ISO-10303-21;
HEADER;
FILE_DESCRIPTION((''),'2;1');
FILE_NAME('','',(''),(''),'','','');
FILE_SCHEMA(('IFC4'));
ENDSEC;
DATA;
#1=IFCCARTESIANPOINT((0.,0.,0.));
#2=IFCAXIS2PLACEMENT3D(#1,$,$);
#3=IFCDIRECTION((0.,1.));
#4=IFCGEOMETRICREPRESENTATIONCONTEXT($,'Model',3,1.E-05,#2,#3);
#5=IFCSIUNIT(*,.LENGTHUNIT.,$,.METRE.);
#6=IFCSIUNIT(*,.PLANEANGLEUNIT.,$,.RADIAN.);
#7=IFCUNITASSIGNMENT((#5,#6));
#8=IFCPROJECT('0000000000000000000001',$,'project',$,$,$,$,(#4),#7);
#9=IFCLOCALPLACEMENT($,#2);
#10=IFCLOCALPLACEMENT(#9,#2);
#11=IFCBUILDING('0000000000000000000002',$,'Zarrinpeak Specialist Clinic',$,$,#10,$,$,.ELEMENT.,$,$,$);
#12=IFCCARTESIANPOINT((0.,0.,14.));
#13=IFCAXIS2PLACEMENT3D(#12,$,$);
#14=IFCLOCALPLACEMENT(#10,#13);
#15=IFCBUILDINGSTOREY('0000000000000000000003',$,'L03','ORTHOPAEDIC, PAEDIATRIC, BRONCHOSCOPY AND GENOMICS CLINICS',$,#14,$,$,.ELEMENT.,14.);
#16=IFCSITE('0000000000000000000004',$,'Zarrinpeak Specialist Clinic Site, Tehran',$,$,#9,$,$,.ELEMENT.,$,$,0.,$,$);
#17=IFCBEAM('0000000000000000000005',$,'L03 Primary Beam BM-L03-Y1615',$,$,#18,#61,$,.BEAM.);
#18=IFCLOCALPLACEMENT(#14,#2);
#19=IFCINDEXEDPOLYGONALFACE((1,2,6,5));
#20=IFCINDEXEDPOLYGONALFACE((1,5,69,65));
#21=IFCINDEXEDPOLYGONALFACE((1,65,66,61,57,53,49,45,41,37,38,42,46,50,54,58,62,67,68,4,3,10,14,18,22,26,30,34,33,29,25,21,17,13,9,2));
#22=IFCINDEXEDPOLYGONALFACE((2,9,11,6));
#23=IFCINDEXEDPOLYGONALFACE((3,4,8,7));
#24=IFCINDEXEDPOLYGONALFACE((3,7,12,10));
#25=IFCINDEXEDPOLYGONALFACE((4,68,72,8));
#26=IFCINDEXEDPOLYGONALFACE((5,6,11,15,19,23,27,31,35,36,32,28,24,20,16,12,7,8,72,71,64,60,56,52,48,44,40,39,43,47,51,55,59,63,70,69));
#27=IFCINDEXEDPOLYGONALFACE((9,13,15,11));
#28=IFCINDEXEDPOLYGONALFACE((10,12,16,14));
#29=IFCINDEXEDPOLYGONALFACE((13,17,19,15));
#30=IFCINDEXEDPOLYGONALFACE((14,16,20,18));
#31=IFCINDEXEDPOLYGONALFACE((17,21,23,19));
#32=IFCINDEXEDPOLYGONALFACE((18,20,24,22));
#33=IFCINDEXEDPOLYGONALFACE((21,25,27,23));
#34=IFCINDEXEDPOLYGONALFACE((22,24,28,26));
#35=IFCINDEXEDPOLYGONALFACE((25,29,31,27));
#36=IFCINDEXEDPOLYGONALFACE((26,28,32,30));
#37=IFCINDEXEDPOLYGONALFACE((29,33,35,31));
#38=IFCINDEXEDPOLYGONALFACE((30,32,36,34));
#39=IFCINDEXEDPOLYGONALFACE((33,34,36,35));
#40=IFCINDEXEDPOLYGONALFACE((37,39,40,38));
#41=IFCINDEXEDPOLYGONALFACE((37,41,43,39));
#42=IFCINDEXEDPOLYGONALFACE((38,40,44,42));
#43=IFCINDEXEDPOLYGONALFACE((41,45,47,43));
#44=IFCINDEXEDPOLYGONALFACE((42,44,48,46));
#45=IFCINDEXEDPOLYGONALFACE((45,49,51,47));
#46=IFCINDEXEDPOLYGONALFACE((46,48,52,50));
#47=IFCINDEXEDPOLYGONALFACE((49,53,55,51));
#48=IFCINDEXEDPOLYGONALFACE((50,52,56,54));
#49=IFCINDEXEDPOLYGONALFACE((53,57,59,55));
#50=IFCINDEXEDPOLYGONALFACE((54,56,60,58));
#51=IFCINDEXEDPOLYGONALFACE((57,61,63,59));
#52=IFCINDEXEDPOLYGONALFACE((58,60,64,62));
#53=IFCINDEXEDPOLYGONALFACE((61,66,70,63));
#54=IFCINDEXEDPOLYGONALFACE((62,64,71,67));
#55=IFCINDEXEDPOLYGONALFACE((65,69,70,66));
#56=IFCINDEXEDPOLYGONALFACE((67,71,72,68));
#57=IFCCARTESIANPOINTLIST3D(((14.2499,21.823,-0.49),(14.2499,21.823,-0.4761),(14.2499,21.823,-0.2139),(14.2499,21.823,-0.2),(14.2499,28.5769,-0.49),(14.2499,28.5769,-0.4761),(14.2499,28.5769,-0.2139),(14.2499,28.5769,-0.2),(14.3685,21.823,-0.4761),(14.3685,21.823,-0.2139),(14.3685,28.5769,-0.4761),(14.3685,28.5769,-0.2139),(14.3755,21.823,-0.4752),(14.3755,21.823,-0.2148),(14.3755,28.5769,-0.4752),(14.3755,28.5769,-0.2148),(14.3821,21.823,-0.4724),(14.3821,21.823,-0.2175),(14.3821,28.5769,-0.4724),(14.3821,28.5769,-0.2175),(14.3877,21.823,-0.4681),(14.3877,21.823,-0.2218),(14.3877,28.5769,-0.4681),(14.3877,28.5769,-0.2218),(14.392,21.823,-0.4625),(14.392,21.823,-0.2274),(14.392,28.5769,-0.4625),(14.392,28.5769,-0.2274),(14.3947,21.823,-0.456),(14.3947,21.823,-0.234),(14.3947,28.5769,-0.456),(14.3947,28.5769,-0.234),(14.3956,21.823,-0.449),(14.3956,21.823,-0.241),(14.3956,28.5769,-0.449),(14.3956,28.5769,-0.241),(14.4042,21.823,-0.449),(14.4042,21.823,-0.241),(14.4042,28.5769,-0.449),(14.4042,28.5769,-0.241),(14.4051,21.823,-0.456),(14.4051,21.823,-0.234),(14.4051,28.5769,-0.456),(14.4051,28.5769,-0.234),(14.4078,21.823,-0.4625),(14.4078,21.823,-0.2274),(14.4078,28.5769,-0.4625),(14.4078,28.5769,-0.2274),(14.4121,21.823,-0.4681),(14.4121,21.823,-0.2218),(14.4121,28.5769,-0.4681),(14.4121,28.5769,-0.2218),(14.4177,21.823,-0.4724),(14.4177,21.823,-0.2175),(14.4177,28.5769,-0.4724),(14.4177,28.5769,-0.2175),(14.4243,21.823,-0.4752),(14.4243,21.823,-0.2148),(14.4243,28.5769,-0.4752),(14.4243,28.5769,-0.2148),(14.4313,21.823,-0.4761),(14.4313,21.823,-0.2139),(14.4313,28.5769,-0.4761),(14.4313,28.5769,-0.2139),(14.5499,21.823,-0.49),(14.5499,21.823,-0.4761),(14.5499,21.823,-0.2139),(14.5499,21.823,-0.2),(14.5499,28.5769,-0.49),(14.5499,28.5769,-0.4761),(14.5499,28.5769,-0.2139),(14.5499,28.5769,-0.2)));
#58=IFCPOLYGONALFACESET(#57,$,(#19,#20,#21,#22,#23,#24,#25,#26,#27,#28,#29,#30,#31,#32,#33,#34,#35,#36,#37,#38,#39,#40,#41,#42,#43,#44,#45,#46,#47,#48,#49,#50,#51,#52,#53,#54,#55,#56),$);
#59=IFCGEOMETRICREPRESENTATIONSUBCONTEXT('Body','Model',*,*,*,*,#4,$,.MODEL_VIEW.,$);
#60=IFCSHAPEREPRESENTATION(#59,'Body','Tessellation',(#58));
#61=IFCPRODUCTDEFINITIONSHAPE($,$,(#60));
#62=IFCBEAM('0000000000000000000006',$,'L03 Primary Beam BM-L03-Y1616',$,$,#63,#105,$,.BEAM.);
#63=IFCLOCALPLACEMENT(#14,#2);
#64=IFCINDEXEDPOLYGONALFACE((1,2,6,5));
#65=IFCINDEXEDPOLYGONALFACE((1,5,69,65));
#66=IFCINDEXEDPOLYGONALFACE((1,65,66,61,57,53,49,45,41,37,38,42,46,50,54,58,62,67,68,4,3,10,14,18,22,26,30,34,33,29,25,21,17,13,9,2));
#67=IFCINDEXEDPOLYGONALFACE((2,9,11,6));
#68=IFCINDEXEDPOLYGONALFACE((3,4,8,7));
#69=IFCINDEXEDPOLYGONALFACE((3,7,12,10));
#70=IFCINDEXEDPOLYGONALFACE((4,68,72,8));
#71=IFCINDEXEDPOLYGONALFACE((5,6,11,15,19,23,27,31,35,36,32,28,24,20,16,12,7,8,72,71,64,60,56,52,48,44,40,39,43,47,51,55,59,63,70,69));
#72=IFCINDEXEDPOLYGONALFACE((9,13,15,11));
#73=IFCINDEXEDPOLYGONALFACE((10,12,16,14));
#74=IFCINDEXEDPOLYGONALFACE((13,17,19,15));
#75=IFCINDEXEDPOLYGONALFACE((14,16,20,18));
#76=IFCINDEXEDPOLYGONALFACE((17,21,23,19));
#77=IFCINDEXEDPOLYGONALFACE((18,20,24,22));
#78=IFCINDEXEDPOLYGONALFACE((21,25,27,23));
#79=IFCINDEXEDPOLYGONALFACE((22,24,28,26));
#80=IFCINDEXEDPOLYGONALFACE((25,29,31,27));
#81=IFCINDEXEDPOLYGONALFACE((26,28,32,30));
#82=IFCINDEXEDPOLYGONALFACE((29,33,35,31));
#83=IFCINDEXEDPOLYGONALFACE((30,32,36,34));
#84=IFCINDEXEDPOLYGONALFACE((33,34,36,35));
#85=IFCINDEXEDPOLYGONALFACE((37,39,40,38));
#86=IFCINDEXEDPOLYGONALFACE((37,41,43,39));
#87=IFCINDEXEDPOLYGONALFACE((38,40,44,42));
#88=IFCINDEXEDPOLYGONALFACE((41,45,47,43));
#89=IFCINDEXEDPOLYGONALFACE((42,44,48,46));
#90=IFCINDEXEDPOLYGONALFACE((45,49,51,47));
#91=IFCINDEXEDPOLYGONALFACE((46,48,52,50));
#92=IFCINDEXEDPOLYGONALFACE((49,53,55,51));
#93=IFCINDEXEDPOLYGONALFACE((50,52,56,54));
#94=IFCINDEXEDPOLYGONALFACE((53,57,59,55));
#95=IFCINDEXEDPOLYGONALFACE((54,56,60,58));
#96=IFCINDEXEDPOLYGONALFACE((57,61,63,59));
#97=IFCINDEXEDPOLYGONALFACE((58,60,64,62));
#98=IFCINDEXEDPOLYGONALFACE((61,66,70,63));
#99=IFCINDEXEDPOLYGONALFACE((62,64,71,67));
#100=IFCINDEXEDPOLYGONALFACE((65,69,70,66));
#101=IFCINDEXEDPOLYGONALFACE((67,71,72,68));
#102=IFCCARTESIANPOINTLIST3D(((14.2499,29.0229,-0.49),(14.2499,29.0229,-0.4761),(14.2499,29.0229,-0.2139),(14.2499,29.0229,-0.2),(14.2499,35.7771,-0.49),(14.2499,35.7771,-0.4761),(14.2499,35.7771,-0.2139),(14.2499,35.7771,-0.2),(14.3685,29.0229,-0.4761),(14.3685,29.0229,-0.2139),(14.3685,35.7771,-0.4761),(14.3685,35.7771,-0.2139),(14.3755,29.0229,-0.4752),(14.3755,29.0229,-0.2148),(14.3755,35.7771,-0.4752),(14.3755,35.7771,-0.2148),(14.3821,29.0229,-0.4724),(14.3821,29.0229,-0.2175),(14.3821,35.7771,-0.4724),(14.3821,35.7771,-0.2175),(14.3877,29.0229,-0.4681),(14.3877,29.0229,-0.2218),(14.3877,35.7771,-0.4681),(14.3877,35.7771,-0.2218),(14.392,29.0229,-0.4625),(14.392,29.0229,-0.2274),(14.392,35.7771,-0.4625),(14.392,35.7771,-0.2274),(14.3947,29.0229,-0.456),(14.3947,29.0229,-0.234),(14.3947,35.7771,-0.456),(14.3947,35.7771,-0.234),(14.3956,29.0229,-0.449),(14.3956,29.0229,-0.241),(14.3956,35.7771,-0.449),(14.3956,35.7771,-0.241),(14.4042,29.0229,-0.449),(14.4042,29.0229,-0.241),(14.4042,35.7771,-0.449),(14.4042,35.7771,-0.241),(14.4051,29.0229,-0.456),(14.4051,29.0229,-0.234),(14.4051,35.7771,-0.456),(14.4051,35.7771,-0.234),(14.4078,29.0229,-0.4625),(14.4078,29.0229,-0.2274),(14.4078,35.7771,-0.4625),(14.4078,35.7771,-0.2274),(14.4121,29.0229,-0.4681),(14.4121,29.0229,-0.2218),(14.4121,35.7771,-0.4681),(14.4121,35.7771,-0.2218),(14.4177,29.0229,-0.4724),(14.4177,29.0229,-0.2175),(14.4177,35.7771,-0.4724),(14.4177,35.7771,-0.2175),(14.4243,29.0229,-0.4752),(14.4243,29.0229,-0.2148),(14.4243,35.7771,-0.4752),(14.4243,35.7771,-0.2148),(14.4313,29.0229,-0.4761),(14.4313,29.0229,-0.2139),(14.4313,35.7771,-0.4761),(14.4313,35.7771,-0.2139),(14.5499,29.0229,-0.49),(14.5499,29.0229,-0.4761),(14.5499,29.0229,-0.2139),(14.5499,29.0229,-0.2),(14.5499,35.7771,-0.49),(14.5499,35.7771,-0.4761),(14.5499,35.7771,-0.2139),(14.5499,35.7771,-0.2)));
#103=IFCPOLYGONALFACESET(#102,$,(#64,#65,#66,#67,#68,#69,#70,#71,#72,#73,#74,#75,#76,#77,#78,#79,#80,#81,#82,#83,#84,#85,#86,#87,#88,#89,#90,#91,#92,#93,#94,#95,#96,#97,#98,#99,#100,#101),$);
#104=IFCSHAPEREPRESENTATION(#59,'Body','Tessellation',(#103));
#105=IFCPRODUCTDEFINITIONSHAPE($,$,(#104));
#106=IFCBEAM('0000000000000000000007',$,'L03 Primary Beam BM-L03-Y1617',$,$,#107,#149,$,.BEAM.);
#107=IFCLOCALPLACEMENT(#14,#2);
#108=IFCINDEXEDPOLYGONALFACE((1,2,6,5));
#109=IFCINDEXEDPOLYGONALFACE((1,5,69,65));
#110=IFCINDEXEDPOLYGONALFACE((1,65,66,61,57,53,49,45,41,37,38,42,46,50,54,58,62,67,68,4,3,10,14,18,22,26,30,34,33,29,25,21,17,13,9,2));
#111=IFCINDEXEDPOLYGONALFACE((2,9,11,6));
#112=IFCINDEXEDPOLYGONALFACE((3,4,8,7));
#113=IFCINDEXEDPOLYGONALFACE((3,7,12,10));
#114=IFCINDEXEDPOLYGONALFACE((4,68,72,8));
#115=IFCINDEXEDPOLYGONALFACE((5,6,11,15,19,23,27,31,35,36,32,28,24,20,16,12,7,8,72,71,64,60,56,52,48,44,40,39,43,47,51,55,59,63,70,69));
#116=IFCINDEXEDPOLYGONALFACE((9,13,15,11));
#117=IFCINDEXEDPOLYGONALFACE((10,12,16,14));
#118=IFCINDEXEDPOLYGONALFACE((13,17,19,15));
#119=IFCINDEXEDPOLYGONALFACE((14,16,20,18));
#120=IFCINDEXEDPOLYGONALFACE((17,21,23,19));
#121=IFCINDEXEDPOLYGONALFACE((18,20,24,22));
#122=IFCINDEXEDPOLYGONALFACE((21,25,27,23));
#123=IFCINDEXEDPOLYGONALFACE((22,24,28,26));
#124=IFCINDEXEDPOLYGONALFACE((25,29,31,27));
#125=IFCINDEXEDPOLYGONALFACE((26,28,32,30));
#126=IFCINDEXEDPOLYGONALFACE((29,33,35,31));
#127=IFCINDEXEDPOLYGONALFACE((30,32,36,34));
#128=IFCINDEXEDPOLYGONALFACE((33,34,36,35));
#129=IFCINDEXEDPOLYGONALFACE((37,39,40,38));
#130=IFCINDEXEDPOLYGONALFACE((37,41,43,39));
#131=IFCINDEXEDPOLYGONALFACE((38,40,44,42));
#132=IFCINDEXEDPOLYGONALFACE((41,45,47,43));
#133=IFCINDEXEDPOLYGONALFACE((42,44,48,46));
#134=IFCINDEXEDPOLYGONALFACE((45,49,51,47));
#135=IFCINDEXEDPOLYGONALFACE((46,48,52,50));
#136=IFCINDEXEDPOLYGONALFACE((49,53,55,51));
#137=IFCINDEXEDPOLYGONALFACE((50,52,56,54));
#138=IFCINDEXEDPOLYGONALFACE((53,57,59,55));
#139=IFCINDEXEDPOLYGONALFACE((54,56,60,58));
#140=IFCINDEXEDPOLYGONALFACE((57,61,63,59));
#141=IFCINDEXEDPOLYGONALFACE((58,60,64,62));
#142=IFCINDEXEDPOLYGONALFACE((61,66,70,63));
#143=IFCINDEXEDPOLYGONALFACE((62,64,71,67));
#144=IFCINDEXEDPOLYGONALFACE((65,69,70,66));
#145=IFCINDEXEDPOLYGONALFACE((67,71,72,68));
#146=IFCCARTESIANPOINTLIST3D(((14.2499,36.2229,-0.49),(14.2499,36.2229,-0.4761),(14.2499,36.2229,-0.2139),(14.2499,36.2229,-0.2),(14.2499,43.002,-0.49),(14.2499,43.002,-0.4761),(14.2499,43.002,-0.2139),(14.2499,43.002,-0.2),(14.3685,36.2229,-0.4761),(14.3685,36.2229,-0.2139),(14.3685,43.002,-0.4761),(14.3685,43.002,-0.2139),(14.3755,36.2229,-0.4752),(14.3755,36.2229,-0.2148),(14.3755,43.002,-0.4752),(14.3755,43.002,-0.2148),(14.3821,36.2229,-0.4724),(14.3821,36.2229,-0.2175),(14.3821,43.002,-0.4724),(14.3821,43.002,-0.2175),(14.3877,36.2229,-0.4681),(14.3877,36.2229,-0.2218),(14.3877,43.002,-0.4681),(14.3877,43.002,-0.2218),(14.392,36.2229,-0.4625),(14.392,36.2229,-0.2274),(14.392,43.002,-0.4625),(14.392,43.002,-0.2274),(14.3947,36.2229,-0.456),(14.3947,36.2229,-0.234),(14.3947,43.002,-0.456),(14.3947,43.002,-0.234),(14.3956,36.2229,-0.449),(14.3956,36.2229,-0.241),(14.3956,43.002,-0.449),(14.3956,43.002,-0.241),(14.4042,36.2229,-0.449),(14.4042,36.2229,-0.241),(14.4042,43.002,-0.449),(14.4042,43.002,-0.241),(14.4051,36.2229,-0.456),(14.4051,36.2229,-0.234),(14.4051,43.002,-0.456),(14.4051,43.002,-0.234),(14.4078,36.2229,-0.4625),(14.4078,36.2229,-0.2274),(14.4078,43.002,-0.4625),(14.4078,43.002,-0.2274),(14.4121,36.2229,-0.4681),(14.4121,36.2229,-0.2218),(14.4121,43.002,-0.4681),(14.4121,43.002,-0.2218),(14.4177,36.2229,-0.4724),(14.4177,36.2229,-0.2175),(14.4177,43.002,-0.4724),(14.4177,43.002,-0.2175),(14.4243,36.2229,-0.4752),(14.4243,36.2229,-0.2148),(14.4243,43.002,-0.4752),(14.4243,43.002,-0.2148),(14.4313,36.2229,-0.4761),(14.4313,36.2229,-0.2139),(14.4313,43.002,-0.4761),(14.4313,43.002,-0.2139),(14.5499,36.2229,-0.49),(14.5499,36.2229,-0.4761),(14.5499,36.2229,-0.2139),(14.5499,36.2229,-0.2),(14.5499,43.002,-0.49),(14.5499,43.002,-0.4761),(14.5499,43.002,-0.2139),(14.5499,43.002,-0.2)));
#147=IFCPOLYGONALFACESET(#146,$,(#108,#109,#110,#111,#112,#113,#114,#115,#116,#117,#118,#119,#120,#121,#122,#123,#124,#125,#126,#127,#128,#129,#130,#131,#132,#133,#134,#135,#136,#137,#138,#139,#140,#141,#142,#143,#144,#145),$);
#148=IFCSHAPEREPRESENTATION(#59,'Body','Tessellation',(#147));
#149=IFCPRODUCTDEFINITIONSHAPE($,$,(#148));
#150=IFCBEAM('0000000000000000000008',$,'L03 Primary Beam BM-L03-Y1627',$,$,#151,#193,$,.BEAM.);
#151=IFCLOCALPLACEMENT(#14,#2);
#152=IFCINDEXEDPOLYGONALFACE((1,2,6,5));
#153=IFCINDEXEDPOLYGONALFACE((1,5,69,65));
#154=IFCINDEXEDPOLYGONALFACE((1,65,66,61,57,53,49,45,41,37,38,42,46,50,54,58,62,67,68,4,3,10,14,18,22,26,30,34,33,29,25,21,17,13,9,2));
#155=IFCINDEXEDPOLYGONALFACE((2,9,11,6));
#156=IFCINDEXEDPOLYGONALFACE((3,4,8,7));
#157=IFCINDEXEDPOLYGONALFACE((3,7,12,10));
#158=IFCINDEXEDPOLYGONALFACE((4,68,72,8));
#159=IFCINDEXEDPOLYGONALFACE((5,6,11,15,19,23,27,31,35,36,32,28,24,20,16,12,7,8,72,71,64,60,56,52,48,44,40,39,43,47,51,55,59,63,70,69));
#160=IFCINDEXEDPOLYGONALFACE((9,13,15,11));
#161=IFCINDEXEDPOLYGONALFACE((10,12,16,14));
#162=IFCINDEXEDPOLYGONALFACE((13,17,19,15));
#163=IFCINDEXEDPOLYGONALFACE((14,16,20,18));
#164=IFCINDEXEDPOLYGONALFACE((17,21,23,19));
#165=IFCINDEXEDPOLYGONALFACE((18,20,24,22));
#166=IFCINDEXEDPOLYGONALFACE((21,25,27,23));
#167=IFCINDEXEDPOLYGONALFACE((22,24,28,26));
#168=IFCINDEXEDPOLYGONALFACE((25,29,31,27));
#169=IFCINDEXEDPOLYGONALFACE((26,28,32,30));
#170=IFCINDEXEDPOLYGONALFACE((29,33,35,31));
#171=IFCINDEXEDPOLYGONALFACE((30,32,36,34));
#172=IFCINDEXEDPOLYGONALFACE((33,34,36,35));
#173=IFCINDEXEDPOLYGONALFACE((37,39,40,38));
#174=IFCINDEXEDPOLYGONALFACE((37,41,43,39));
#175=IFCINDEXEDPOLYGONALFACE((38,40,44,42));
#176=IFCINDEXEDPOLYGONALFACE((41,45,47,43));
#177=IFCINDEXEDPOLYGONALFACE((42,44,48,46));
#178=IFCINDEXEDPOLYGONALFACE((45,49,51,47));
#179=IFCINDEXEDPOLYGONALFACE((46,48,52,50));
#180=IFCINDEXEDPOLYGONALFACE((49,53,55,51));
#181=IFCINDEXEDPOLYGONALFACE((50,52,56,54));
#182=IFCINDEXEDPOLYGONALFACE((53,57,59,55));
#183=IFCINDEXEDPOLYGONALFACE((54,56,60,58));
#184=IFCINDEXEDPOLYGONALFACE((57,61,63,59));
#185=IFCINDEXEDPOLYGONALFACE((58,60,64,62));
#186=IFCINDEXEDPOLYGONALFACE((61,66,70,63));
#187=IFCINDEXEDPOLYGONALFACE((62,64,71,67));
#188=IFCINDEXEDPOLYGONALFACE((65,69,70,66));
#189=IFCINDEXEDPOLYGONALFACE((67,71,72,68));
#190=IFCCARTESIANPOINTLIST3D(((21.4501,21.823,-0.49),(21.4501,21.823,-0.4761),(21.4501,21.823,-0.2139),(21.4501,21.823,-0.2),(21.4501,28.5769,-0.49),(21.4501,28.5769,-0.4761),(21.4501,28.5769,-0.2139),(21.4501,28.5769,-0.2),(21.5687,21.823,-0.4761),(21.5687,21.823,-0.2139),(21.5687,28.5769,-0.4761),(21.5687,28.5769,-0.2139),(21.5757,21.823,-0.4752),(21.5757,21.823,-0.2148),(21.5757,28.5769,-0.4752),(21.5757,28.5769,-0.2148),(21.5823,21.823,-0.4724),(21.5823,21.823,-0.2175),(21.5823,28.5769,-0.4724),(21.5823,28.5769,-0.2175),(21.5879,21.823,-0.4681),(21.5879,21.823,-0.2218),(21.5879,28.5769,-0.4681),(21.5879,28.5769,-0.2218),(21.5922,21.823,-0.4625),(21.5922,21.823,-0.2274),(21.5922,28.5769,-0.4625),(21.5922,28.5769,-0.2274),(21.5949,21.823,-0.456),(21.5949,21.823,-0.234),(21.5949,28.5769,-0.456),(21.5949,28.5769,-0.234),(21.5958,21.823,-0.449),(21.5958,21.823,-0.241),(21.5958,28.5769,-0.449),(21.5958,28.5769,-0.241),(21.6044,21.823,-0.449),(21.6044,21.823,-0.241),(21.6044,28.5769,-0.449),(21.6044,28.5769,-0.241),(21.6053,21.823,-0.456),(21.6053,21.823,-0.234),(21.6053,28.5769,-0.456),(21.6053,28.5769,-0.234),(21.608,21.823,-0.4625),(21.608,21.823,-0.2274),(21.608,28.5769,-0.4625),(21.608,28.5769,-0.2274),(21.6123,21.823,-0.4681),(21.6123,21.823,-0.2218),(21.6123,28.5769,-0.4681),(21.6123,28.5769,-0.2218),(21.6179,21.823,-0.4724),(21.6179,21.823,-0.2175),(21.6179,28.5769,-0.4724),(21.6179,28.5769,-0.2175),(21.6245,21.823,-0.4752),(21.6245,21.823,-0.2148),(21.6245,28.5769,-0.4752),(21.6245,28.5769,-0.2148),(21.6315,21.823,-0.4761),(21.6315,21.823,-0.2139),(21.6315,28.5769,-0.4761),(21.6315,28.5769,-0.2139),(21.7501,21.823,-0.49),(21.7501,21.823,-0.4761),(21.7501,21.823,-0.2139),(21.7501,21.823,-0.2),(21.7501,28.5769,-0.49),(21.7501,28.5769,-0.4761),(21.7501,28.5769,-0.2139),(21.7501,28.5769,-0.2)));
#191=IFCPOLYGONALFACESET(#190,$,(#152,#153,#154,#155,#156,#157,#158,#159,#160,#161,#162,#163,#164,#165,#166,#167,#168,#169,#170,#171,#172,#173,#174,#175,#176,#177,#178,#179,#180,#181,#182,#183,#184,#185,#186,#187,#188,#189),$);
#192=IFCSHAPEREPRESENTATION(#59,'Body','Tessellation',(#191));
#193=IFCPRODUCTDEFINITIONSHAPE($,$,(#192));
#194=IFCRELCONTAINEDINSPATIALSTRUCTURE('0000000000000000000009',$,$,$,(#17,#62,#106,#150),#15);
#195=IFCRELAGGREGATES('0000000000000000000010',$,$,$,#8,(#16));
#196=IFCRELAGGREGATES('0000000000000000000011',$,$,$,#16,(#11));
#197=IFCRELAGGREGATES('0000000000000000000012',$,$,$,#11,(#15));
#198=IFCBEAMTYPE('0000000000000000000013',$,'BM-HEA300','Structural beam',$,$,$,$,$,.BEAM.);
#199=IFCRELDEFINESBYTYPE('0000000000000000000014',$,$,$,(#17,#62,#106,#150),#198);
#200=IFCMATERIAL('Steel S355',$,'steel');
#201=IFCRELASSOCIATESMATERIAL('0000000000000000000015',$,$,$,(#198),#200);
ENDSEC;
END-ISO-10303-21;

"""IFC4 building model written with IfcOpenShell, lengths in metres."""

from ifc_helpers import new_model, si_unit, direction, frame, origin, origin_2d, place, context, subcontext, project, spatial, i_section, extrude, material, material_profile, profile_set, type_object, element, save


model = new_model("IFC4")

# Units and contexts
model_context = context("Model", 3, precision=1e-05, world=origin(), true_north=direction((0.0, 1.0)))
body_context = subcontext(model_context, "Body", "Model", "MODEL_VIEW")
ifc_project = project(units=[si_unit("LENGTHUNIT", "METRE"), si_unit("PLANEANGLEUNIT", "RADIAN")], contexts=[model_context])

# Site, building, storey
site_placement = place(None, origin())
site = spatial("IfcSite", under=ifc_project, at=site_placement, Name="Zarrinpeak Specialist Clinic Site, Tehran", CompositionType="ELEMENT", RefElevation=0.0)
building_placement = place(site_placement, origin())
building = spatial("IfcBuilding", under=site, at=building_placement, Name="Zarrinpeak Specialist Clinic", CompositionType="ELEMENT")
storey_placement = place(building_placement, frame((0.0, 0.0, 14.0)))
storey = spatial("IfcBuildingStorey", under=building, at=storey_placement, Name="L03", Description="ORTHOPAEDIC, PAEDIATRIC, BRONCHOSCOPY AND GENOMICS CLINICS", CompositionType="ELEMENT", Elevation=14.0)

# Shared definitions
ifc_material_1 = material(Name="Steel S355", Category="steel")

# Beams
ifc_material_profile_1 = material_profile(ifc_material_1, i_section(OverallWidth=0.3, OverallDepth=0.29, WebThickness=0.0085, FlangeThickness=0.0139, FilletRadius=0.0271, at=origin_2d()), Name="HEA 300")
ifc_profile_set_1 = profile_set([ifc_material_profile_1], Name="Steel S355")
beam_type_1 = type_object("IfcBeamType", Name="BM-HEA300", Description="Structural beam", PredefinedType="BEAM", material=ifc_profile_set_1)
beam_1_placement = place(storey_placement, frame((14.3999, 21.823, -0.345), z_axis=(0.0, 1.0, 0.0), x_axis=(-1.0, 0.0, 0.0)))
element("IfcBeam", 1, at=beam_1_placement, inside=storey, type_object=beam_type_1, Name="L03 Primary Beam BM-L03-Y1615", PredefinedType="BEAM", context=body_context, shape_type="SweptSolid", body=[
    extrude(i_section(OverallWidth=0.3, OverallDepth=0.29, WebThickness=0.0085, FlangeThickness=0.0139, FilletRadius=0.0271, at=origin_2d()), origin(), (0.0, 0.0, 1.0), 6.7539),
])
beam_2_placement = place(storey_placement, frame((14.3999, 29.0229, -0.345), z_axis=(0.0, 1.0, 0.0), x_axis=(-1.0, 0.0, 0.0)))
element("IfcBeam", 2, at=beam_2_placement, inside=storey, type_object=beam_type_1, Name="L03 Primary Beam BM-L03-Y1616", PredefinedType="BEAM", context=body_context, shape_type="SweptSolid", body=[
    extrude(i_section(OverallWidth=0.3, OverallDepth=0.29, WebThickness=0.0085, FlangeThickness=0.0139, FilletRadius=0.0271, at=origin_2d()), origin(), (0.0, 0.0, 1.0), 6.7542),
])
beam_3_placement = place(storey_placement, frame((14.3999, 36.2229, -0.345), z_axis=(0.0, 1.0, 0.0), x_axis=(-1.0, 0.0, 0.0)))
element("IfcBeam", 3, at=beam_3_placement, inside=storey, type_object=beam_type_1, Name="L03 Primary Beam BM-L03-Y1617", PredefinedType="BEAM", context=body_context, shape_type="SweptSolid", body=[
    extrude(i_section(OverallWidth=0.3, OverallDepth=0.29, WebThickness=0.0085, FlangeThickness=0.0139, FilletRadius=0.0271, at=origin_2d()), origin(), (0.0, 0.0, 1.0), 6.7791),
])
beam_4_placement = place(storey_placement, frame((21.6001, 21.823, -0.345), z_axis=(0.0, 1.0, 0.0), x_axis=(-1.0, 0.0, 0.0)))
element("IfcBeam", 4, at=beam_4_placement, inside=storey, type_object=beam_type_1, Name="L03 Primary Beam BM-L03-Y1627", PredefinedType="BEAM", context=body_context, shape_type="SweptSolid", body=[
    extrude(i_section(OverallWidth=0.3, OverallDepth=0.29, WebThickness=0.0085, FlangeThickness=0.0139, FilletRadius=0.0271, at=origin_2d()), origin(), (0.0, 0.0, 1.0), 6.7539),
])

save(model, "model.ifc")
